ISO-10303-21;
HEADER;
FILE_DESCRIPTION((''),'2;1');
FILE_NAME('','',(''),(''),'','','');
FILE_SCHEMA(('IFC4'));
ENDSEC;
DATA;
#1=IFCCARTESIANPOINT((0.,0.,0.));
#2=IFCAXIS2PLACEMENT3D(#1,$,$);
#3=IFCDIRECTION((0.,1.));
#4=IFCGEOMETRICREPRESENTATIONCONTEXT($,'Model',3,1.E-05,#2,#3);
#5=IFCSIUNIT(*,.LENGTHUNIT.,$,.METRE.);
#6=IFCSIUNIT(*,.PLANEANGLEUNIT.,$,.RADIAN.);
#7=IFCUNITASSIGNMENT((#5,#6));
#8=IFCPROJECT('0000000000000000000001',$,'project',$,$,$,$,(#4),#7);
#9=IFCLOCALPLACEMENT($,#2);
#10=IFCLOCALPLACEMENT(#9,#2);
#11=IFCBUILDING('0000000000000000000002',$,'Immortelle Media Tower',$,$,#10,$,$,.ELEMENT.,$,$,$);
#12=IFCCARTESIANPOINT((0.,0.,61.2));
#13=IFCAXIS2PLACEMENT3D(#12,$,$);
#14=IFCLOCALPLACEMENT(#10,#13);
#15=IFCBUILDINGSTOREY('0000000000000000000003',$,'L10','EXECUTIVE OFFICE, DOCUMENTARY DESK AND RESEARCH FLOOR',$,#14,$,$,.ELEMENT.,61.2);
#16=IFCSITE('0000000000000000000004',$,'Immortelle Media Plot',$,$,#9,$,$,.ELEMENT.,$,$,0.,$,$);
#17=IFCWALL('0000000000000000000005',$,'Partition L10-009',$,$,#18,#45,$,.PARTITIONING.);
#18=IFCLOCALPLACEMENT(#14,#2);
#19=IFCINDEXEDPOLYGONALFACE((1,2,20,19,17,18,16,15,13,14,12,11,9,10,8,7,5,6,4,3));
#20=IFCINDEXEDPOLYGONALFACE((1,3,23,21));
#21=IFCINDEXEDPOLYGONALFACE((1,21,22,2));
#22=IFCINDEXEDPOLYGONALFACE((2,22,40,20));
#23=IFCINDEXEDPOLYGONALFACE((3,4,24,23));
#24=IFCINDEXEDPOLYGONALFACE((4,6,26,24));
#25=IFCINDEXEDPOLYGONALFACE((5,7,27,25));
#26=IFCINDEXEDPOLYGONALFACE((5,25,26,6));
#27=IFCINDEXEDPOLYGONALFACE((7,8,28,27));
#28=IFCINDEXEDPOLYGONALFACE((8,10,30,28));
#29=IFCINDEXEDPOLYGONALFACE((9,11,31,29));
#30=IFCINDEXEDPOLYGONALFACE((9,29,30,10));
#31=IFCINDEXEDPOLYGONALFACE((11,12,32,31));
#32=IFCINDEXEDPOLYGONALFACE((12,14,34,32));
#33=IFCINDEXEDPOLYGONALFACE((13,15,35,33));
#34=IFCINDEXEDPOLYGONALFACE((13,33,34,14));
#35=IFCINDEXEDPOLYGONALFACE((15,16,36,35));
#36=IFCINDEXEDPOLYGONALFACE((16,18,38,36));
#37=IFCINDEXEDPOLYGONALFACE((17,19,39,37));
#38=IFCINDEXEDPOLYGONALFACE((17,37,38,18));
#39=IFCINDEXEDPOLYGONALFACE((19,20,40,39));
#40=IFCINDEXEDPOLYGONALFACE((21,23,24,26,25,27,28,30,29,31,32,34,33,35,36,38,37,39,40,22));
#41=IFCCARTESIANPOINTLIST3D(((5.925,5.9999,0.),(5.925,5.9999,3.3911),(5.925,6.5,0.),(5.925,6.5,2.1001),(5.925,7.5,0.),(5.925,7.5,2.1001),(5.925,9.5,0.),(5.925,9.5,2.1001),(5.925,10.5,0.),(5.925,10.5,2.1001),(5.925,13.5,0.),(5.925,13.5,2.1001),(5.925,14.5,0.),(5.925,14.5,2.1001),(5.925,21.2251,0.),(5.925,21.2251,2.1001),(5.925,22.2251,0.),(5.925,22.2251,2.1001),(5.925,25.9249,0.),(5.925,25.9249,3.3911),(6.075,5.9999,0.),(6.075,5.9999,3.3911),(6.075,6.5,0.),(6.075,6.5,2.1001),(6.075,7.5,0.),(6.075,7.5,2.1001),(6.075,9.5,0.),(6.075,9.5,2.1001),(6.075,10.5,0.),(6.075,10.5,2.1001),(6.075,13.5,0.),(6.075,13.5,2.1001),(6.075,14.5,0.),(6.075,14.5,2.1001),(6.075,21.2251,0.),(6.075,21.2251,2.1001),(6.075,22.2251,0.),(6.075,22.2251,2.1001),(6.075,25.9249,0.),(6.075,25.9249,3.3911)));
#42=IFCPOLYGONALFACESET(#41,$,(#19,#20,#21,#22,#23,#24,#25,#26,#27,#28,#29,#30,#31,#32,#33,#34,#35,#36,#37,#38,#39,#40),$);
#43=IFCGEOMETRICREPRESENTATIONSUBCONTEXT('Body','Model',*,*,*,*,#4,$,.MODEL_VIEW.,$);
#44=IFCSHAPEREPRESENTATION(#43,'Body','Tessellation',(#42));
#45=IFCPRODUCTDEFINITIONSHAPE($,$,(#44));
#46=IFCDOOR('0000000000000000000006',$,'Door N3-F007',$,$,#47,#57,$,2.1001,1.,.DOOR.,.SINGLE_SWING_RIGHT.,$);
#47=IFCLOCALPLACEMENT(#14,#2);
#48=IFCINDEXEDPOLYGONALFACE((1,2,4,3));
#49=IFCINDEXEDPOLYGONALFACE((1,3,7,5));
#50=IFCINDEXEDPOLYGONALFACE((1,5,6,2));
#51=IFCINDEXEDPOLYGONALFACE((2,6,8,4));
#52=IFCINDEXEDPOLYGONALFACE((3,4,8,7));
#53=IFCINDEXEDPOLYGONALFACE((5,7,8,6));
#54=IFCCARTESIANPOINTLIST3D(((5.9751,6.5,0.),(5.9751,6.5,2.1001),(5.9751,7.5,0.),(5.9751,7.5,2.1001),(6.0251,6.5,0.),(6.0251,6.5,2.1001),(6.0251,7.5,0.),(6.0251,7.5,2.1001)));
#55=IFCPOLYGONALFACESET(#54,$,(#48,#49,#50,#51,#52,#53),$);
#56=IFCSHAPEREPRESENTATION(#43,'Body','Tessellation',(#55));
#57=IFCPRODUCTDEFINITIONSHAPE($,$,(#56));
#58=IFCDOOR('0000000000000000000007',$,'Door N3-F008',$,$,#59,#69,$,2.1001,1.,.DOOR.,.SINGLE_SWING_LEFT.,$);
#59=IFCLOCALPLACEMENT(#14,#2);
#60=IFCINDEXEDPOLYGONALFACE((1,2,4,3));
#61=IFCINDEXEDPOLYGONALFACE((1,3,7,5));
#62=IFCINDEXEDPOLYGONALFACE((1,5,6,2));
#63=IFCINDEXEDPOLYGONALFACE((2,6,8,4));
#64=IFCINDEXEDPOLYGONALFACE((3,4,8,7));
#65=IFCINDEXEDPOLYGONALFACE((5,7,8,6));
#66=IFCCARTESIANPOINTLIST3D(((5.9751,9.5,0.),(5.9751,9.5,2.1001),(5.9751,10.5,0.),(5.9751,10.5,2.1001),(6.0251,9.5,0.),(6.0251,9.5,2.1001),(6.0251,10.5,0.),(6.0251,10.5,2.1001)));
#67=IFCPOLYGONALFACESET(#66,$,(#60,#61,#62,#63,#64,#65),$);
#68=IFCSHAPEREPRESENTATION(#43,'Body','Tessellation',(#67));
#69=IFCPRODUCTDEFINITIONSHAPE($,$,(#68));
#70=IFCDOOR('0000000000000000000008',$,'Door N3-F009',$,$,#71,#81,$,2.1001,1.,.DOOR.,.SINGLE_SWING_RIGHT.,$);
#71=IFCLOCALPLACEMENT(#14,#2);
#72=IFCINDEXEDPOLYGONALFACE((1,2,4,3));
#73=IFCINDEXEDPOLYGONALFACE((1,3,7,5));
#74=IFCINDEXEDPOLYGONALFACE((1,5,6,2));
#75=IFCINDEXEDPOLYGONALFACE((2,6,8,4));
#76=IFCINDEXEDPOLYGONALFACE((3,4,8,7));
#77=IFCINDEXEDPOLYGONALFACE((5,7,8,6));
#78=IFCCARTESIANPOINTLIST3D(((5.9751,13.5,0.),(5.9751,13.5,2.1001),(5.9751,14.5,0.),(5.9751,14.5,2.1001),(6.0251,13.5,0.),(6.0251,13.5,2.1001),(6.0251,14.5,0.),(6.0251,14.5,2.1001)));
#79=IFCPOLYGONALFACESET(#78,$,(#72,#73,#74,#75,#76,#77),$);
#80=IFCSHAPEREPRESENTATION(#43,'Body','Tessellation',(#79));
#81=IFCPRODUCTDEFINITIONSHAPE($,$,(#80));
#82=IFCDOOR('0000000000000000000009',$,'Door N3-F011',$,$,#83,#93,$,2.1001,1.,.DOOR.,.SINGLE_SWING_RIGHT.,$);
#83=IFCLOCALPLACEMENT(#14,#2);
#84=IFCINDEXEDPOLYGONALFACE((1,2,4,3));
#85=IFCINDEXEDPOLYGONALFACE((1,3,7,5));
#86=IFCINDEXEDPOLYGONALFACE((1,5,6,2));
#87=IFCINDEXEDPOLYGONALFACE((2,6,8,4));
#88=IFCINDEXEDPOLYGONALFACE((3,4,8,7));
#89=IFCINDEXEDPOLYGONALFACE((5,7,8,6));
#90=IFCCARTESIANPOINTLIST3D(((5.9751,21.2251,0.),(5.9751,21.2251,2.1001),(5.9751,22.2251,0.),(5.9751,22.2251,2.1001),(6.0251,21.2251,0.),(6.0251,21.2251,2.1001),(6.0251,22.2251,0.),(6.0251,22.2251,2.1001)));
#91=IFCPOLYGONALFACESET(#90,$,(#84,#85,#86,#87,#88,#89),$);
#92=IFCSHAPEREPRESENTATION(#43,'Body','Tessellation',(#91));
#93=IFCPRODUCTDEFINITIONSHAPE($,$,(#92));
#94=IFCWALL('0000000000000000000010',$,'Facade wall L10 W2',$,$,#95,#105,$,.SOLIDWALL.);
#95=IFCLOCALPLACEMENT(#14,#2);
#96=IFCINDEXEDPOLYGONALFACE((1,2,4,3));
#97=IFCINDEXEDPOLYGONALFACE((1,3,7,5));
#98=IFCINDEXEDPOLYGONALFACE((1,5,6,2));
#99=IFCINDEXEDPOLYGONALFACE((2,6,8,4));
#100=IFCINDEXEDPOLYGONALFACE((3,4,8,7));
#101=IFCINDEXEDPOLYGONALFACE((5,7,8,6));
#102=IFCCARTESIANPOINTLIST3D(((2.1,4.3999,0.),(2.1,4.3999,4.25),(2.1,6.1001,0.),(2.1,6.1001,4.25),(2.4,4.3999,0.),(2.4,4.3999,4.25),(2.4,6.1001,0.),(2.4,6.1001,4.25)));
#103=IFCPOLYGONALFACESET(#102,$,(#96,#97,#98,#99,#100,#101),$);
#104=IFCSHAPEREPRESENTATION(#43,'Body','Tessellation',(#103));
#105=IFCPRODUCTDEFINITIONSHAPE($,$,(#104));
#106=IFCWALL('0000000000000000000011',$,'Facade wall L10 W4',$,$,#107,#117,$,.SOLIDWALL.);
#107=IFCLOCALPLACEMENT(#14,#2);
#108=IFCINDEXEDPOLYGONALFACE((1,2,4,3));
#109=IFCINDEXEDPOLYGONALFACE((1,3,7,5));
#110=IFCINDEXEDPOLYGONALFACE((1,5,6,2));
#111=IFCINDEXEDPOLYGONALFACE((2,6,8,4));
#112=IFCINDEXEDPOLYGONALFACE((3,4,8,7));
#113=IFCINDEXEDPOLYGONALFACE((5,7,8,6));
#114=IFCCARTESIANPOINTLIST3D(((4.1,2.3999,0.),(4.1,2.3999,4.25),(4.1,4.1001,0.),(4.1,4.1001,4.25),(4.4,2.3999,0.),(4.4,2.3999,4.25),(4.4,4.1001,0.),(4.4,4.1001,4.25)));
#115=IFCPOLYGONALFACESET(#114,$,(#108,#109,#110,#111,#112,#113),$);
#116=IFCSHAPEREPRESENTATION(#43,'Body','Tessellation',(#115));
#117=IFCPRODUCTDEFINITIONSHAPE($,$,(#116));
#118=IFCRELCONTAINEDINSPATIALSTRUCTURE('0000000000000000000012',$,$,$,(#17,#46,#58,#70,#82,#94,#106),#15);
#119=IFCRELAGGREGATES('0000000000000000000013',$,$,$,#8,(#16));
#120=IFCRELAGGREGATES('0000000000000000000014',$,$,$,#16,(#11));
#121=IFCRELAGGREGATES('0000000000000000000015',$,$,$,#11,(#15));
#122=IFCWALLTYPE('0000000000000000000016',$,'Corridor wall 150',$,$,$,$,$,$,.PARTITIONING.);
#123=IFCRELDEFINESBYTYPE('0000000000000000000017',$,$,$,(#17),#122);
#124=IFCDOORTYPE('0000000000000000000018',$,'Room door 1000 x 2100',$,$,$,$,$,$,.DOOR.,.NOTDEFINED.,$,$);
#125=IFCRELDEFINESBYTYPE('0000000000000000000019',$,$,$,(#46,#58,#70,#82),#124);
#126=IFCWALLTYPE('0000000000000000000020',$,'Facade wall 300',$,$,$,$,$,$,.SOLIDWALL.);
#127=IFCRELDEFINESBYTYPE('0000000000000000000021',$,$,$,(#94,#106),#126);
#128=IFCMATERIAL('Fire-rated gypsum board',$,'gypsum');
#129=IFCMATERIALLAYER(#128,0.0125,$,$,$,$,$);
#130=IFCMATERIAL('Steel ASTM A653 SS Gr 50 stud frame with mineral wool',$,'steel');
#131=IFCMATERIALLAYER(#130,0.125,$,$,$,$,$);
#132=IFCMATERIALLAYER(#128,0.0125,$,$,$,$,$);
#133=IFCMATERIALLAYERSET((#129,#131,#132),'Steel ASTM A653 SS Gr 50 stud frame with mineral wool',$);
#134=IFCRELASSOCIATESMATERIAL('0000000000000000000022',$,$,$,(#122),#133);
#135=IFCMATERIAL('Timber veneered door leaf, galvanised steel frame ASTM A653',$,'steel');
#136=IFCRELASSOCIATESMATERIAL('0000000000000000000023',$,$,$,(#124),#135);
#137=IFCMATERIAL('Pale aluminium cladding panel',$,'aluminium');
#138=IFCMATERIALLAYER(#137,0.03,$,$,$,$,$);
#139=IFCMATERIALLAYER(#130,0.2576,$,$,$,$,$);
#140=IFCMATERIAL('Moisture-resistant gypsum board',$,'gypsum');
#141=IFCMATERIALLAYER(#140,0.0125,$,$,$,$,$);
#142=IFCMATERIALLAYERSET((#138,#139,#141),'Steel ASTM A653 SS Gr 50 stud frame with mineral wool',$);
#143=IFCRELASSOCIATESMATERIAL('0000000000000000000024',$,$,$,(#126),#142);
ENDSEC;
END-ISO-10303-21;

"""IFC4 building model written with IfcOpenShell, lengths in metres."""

from ifc_helpers import new_model, si_unit, direction, frame, frame_2d, origin, place, context, subcontext, project, spatial, rectangle, extrude, material, layer, layer_set, type_object, element, fill, save


model = new_model("IFC4")

# Units and contexts
model_context = context("Model", 3, precision=1e-05, world=origin(), true_north=direction((0.0, 1.0)))
body_context = subcontext(model_context, "Body", "Model", "MODEL_VIEW")
ifc_project = project(units=[si_unit("LENGTHUNIT", "METRE"), si_unit("PLANEANGLEUNIT", "RADIAN")], contexts=[model_context])

# Site, building, storey
site_placement = place(None, origin())
site = spatial("IfcSite", under=ifc_project, at=site_placement, Name="Immortelle Media Plot", CompositionType="ELEMENT", RefElevation=0.0)
building_placement = place(site_placement, origin())
building = spatial("IfcBuilding", under=site, at=building_placement, Name="Immortelle Media Tower", CompositionType="ELEMENT")
storey_placement = place(building_placement, frame((0.0, 0.0, 61.2)))
storey = spatial("IfcBuildingStorey", under=building, at=storey_placement, Name="L10", Description="EXECUTIVE OFFICE, DOCUMENTARY DESK AND RESEARCH FLOOR", CompositionType="ELEMENT", Elevation=61.2)

# Wall, openings, doors
ifc_material_1 = material(Name="Fire-rated gypsum board", Category="gypsum")
ifc_layer_1 = layer(ifc_material_1, 0.0125)
ifc_material_2 = material(Name="Steel ASTM A653 SS Gr 50 stud frame with mineral wool", Category="steel")
ifc_layer_2 = layer(ifc_material_2, 0.125)
ifc_layer_3 = layer(ifc_material_1, 0.0125)
ifc_layer_set_1 = layer_set([ifc_layer_1, ifc_layer_2, ifc_layer_3], Name="Steel ASTM A653 SS Gr 50 stud frame with mineral wool")
wall_type_1 = type_object("IfcWallType", Name="Corridor wall 150", PredefinedType="PARTITIONING", material=ifc_layer_set_1)
ifc_material_3 = material(Name="Timber veneered door leaf, galvanised steel frame ASTM A653", Category="steel")
door_type_1 = type_object("IfcDoorType", Name="Room door 1000 x 2100", OperationType="NOTDEFINED", PredefinedType="DOOR", material=ifc_material_3)
wall_1_placement = place(storey_placement, frame((6.0, 6.0, 0.0), z_axis=(0.0, 0.0, 1.0), x_axis=(0.0, 1.0, 0.0)))
wall_1 = element("IfcWall", 1, at=wall_1_placement, inside=storey, type_object=wall_type_1, Name="Partition L10-009", PredefinedType="PARTITIONING", context=body_context, shape_type="SweptSolid", body=[
    extrude(rectangle(XDim=19.925, YDim=0.1499, at=frame_2d((9.9624, 0.0))), origin(), (0.0, 0.0, 1.0), 3.3911),
])
opening_1_placement = place(wall_1_placement, frame((0.5, 0.0, 0.0)))
opening_1 = element("IfcOpeningElement", 2, at=opening_1_placement, cuts=wall_1, PredefinedType="OPENING", context=body_context, shape_type="SweptSolid", body=[
    extrude(rectangle(XDim=1.0, YDim=2.1001, at=frame_2d((0.5, 1.05))), frame((0.0, 0.085, 0.0), z_axis=(0.0, -1.0, 0.0), x_axis=(1.0, 0.0, 0.0)), (0.0, 0.0, 1.0), 0.1699),
])
opening_2_placement = place(wall_1_placement, frame((3.5, 0.0, 0.0)))
opening_2 = element("IfcOpeningElement", 3, at=opening_2_placement, cuts=wall_1, PredefinedType="OPENING", context=body_context, shape_type="SweptSolid", body=[
    extrude(rectangle(XDim=1.0, YDim=2.1001, at=frame_2d((0.5, 1.05))), frame((0.0, 0.085, 0.0), z_axis=(0.0, -1.0, 0.0), x_axis=(1.0, 0.0, 0.0)), (0.0, 0.0, 1.0), 0.1699),
])
opening_3_placement = place(wall_1_placement, frame((7.5, 0.0, 0.0)))
opening_3 = element("IfcOpeningElement", 4, at=opening_3_placement, cuts=wall_1, PredefinedType="OPENING", context=body_context, shape_type="SweptSolid", body=[
    extrude(rectangle(XDim=1.0, YDim=2.1001, at=frame_2d((0.5, 1.05))), frame((0.0, 0.085, 0.0), z_axis=(0.0, -1.0, 0.0), x_axis=(1.0, 0.0, 0.0)), (0.0, 0.0, 1.0), 0.1699),
])
opening_4_placement = place(wall_1_placement, frame((15.2251, 0.0, 0.0)))
opening_4 = element("IfcOpeningElement", 5, at=opening_4_placement, cuts=wall_1, PredefinedType="OPENING", context=body_context, shape_type="SweptSolid", body=[
    extrude(rectangle(XDim=1.0, YDim=2.1001, at=frame_2d((0.5, 1.05))), frame((0.0, 0.085, 0.0), z_axis=(0.0, -1.0, 0.0), x_axis=(1.0, 0.0, 0.0)), (0.0, 0.0, 1.0), 0.1699),
])
door_1_placement = place(opening_1_placement, origin())
door_1 = element("IfcDoor", 6, at=door_1_placement, inside=storey, type_object=door_type_1, Name="Door N3-F007", OperationType="SINGLE_SWING_RIGHT", OverallHeight=2.1001, OverallWidth=1.0, PredefinedType="DOOR", context=body_context, shape_type="SweptSolid", body=[
    extrude(rectangle(XDim=1.0, YDim=2.1001, at=frame_2d((0.5, 1.05))), frame((0.0, 0.0249, 0.0), z_axis=(0.0, -1.0, 0.0), x_axis=(1.0, 0.0, 0.0)), (0.0, 0.0, 1.0), 0.05),
])
fill(opening_1, door_1)
door_2_placement = place(opening_2_placement, origin())
door_2 = element("IfcDoor", 7, at=door_2_placement, inside=storey, type_object=door_type_1, Name="Door N3-F008", OperationType="SINGLE_SWING_LEFT", OverallHeight=2.1001, OverallWidth=1.0, PredefinedType="DOOR", context=body_context, shape_type="SweptSolid", body=[
    extrude(rectangle(XDim=1.0, YDim=2.1001, at=frame_2d((0.5, 1.05))), frame((0.0, 0.0249, 0.0), z_axis=(0.0, -1.0, 0.0), x_axis=(1.0, 0.0, 0.0)), (0.0, 0.0, 1.0), 0.05),
])
fill(opening_2, door_2)
door_3_placement = place(opening_3_placement, origin())
door_3 = element("IfcDoor", 8, at=door_3_placement, inside=storey, type_object=door_type_1, Name="Door N3-F009", OperationType="SINGLE_SWING_RIGHT", OverallHeight=2.1001, OverallWidth=1.0, PredefinedType="DOOR", context=body_context, shape_type="SweptSolid", body=[
    extrude(rectangle(XDim=1.0, YDim=2.1001, at=frame_2d((0.5, 1.05))), frame((0.0, 0.0249, 0.0), z_axis=(0.0, -1.0, 0.0), x_axis=(1.0, 0.0, 0.0)), (0.0, 0.0, 1.0), 0.05),
])
fill(opening_3, door_3)
door_4_placement = place(opening_4_placement, origin())
door_4 = element("IfcDoor", 9, at=door_4_placement, inside=storey, type_object=door_type_1, Name="Door N3-F011", OperationType="SINGLE_SWING_RIGHT", OverallHeight=2.1001, OverallWidth=1.0, PredefinedType="DOOR", context=body_context, shape_type="SweptSolid", body=[
    extrude(rectangle(XDim=1.0, YDim=2.1001, at=frame_2d((0.5, 1.05))), frame((0.0, 0.0249, 0.0), z_axis=(0.0, -1.0, 0.0), x_axis=(1.0, 0.0, 0.0)), (0.0, 0.0, 1.0), 0.05),
])
fill(opening_4, door_4)

# Walls
ifc_material_4 = material(Name="Pale aluminium cladding panel", Category="aluminium")
ifc_layer_4 = layer(ifc_material_4, 0.03)
ifc_layer_5 = layer(ifc_material_2, 0.2576)
ifc_material_5 = material(Name="Moisture-resistant gypsum board", Category="gypsum")
ifc_layer_6 = layer(ifc_material_5, 0.0125)
ifc_layer_set_2 = layer_set([ifc_layer_4, ifc_layer_5, ifc_layer_6], Name="Steel ASTM A653 SS Gr 50 stud frame with mineral wool")
wall_type_2 = type_object("IfcWallType", Name="Facade wall 300", PredefinedType="SOLIDWALL", material=ifc_layer_set_2)
for number, where, z_axis, x_axis, name in (
    (10, (2.25, 6.1001, 0.0), (0.0, 0.0, 1.0), (0.0, -1.0, 0.0), "Facade wall L10 W2"),
    (11, (4.25, 4.1001, 0.0), (0.0, 0.0, 1.0), (0.0, -1.0, 0.0), "Facade wall L10 W4"),
):
    element("IfcWall", number, at=place(storey_placement, frame(where, z_axis=z_axis, x_axis=x_axis)), inside=storey, type_object=wall_type_2, Name=name, PredefinedType="SOLIDWALL", context=body_context, shape_type="SweptSolid", body=[
        extrude(rectangle(XDim=1.7002, YDim=0.3, at=frame_2d((0.8501, 0.0))), origin(), (0.0, 0.0, 1.0), 4.25),
    ])

save(model, "model.ifc")
